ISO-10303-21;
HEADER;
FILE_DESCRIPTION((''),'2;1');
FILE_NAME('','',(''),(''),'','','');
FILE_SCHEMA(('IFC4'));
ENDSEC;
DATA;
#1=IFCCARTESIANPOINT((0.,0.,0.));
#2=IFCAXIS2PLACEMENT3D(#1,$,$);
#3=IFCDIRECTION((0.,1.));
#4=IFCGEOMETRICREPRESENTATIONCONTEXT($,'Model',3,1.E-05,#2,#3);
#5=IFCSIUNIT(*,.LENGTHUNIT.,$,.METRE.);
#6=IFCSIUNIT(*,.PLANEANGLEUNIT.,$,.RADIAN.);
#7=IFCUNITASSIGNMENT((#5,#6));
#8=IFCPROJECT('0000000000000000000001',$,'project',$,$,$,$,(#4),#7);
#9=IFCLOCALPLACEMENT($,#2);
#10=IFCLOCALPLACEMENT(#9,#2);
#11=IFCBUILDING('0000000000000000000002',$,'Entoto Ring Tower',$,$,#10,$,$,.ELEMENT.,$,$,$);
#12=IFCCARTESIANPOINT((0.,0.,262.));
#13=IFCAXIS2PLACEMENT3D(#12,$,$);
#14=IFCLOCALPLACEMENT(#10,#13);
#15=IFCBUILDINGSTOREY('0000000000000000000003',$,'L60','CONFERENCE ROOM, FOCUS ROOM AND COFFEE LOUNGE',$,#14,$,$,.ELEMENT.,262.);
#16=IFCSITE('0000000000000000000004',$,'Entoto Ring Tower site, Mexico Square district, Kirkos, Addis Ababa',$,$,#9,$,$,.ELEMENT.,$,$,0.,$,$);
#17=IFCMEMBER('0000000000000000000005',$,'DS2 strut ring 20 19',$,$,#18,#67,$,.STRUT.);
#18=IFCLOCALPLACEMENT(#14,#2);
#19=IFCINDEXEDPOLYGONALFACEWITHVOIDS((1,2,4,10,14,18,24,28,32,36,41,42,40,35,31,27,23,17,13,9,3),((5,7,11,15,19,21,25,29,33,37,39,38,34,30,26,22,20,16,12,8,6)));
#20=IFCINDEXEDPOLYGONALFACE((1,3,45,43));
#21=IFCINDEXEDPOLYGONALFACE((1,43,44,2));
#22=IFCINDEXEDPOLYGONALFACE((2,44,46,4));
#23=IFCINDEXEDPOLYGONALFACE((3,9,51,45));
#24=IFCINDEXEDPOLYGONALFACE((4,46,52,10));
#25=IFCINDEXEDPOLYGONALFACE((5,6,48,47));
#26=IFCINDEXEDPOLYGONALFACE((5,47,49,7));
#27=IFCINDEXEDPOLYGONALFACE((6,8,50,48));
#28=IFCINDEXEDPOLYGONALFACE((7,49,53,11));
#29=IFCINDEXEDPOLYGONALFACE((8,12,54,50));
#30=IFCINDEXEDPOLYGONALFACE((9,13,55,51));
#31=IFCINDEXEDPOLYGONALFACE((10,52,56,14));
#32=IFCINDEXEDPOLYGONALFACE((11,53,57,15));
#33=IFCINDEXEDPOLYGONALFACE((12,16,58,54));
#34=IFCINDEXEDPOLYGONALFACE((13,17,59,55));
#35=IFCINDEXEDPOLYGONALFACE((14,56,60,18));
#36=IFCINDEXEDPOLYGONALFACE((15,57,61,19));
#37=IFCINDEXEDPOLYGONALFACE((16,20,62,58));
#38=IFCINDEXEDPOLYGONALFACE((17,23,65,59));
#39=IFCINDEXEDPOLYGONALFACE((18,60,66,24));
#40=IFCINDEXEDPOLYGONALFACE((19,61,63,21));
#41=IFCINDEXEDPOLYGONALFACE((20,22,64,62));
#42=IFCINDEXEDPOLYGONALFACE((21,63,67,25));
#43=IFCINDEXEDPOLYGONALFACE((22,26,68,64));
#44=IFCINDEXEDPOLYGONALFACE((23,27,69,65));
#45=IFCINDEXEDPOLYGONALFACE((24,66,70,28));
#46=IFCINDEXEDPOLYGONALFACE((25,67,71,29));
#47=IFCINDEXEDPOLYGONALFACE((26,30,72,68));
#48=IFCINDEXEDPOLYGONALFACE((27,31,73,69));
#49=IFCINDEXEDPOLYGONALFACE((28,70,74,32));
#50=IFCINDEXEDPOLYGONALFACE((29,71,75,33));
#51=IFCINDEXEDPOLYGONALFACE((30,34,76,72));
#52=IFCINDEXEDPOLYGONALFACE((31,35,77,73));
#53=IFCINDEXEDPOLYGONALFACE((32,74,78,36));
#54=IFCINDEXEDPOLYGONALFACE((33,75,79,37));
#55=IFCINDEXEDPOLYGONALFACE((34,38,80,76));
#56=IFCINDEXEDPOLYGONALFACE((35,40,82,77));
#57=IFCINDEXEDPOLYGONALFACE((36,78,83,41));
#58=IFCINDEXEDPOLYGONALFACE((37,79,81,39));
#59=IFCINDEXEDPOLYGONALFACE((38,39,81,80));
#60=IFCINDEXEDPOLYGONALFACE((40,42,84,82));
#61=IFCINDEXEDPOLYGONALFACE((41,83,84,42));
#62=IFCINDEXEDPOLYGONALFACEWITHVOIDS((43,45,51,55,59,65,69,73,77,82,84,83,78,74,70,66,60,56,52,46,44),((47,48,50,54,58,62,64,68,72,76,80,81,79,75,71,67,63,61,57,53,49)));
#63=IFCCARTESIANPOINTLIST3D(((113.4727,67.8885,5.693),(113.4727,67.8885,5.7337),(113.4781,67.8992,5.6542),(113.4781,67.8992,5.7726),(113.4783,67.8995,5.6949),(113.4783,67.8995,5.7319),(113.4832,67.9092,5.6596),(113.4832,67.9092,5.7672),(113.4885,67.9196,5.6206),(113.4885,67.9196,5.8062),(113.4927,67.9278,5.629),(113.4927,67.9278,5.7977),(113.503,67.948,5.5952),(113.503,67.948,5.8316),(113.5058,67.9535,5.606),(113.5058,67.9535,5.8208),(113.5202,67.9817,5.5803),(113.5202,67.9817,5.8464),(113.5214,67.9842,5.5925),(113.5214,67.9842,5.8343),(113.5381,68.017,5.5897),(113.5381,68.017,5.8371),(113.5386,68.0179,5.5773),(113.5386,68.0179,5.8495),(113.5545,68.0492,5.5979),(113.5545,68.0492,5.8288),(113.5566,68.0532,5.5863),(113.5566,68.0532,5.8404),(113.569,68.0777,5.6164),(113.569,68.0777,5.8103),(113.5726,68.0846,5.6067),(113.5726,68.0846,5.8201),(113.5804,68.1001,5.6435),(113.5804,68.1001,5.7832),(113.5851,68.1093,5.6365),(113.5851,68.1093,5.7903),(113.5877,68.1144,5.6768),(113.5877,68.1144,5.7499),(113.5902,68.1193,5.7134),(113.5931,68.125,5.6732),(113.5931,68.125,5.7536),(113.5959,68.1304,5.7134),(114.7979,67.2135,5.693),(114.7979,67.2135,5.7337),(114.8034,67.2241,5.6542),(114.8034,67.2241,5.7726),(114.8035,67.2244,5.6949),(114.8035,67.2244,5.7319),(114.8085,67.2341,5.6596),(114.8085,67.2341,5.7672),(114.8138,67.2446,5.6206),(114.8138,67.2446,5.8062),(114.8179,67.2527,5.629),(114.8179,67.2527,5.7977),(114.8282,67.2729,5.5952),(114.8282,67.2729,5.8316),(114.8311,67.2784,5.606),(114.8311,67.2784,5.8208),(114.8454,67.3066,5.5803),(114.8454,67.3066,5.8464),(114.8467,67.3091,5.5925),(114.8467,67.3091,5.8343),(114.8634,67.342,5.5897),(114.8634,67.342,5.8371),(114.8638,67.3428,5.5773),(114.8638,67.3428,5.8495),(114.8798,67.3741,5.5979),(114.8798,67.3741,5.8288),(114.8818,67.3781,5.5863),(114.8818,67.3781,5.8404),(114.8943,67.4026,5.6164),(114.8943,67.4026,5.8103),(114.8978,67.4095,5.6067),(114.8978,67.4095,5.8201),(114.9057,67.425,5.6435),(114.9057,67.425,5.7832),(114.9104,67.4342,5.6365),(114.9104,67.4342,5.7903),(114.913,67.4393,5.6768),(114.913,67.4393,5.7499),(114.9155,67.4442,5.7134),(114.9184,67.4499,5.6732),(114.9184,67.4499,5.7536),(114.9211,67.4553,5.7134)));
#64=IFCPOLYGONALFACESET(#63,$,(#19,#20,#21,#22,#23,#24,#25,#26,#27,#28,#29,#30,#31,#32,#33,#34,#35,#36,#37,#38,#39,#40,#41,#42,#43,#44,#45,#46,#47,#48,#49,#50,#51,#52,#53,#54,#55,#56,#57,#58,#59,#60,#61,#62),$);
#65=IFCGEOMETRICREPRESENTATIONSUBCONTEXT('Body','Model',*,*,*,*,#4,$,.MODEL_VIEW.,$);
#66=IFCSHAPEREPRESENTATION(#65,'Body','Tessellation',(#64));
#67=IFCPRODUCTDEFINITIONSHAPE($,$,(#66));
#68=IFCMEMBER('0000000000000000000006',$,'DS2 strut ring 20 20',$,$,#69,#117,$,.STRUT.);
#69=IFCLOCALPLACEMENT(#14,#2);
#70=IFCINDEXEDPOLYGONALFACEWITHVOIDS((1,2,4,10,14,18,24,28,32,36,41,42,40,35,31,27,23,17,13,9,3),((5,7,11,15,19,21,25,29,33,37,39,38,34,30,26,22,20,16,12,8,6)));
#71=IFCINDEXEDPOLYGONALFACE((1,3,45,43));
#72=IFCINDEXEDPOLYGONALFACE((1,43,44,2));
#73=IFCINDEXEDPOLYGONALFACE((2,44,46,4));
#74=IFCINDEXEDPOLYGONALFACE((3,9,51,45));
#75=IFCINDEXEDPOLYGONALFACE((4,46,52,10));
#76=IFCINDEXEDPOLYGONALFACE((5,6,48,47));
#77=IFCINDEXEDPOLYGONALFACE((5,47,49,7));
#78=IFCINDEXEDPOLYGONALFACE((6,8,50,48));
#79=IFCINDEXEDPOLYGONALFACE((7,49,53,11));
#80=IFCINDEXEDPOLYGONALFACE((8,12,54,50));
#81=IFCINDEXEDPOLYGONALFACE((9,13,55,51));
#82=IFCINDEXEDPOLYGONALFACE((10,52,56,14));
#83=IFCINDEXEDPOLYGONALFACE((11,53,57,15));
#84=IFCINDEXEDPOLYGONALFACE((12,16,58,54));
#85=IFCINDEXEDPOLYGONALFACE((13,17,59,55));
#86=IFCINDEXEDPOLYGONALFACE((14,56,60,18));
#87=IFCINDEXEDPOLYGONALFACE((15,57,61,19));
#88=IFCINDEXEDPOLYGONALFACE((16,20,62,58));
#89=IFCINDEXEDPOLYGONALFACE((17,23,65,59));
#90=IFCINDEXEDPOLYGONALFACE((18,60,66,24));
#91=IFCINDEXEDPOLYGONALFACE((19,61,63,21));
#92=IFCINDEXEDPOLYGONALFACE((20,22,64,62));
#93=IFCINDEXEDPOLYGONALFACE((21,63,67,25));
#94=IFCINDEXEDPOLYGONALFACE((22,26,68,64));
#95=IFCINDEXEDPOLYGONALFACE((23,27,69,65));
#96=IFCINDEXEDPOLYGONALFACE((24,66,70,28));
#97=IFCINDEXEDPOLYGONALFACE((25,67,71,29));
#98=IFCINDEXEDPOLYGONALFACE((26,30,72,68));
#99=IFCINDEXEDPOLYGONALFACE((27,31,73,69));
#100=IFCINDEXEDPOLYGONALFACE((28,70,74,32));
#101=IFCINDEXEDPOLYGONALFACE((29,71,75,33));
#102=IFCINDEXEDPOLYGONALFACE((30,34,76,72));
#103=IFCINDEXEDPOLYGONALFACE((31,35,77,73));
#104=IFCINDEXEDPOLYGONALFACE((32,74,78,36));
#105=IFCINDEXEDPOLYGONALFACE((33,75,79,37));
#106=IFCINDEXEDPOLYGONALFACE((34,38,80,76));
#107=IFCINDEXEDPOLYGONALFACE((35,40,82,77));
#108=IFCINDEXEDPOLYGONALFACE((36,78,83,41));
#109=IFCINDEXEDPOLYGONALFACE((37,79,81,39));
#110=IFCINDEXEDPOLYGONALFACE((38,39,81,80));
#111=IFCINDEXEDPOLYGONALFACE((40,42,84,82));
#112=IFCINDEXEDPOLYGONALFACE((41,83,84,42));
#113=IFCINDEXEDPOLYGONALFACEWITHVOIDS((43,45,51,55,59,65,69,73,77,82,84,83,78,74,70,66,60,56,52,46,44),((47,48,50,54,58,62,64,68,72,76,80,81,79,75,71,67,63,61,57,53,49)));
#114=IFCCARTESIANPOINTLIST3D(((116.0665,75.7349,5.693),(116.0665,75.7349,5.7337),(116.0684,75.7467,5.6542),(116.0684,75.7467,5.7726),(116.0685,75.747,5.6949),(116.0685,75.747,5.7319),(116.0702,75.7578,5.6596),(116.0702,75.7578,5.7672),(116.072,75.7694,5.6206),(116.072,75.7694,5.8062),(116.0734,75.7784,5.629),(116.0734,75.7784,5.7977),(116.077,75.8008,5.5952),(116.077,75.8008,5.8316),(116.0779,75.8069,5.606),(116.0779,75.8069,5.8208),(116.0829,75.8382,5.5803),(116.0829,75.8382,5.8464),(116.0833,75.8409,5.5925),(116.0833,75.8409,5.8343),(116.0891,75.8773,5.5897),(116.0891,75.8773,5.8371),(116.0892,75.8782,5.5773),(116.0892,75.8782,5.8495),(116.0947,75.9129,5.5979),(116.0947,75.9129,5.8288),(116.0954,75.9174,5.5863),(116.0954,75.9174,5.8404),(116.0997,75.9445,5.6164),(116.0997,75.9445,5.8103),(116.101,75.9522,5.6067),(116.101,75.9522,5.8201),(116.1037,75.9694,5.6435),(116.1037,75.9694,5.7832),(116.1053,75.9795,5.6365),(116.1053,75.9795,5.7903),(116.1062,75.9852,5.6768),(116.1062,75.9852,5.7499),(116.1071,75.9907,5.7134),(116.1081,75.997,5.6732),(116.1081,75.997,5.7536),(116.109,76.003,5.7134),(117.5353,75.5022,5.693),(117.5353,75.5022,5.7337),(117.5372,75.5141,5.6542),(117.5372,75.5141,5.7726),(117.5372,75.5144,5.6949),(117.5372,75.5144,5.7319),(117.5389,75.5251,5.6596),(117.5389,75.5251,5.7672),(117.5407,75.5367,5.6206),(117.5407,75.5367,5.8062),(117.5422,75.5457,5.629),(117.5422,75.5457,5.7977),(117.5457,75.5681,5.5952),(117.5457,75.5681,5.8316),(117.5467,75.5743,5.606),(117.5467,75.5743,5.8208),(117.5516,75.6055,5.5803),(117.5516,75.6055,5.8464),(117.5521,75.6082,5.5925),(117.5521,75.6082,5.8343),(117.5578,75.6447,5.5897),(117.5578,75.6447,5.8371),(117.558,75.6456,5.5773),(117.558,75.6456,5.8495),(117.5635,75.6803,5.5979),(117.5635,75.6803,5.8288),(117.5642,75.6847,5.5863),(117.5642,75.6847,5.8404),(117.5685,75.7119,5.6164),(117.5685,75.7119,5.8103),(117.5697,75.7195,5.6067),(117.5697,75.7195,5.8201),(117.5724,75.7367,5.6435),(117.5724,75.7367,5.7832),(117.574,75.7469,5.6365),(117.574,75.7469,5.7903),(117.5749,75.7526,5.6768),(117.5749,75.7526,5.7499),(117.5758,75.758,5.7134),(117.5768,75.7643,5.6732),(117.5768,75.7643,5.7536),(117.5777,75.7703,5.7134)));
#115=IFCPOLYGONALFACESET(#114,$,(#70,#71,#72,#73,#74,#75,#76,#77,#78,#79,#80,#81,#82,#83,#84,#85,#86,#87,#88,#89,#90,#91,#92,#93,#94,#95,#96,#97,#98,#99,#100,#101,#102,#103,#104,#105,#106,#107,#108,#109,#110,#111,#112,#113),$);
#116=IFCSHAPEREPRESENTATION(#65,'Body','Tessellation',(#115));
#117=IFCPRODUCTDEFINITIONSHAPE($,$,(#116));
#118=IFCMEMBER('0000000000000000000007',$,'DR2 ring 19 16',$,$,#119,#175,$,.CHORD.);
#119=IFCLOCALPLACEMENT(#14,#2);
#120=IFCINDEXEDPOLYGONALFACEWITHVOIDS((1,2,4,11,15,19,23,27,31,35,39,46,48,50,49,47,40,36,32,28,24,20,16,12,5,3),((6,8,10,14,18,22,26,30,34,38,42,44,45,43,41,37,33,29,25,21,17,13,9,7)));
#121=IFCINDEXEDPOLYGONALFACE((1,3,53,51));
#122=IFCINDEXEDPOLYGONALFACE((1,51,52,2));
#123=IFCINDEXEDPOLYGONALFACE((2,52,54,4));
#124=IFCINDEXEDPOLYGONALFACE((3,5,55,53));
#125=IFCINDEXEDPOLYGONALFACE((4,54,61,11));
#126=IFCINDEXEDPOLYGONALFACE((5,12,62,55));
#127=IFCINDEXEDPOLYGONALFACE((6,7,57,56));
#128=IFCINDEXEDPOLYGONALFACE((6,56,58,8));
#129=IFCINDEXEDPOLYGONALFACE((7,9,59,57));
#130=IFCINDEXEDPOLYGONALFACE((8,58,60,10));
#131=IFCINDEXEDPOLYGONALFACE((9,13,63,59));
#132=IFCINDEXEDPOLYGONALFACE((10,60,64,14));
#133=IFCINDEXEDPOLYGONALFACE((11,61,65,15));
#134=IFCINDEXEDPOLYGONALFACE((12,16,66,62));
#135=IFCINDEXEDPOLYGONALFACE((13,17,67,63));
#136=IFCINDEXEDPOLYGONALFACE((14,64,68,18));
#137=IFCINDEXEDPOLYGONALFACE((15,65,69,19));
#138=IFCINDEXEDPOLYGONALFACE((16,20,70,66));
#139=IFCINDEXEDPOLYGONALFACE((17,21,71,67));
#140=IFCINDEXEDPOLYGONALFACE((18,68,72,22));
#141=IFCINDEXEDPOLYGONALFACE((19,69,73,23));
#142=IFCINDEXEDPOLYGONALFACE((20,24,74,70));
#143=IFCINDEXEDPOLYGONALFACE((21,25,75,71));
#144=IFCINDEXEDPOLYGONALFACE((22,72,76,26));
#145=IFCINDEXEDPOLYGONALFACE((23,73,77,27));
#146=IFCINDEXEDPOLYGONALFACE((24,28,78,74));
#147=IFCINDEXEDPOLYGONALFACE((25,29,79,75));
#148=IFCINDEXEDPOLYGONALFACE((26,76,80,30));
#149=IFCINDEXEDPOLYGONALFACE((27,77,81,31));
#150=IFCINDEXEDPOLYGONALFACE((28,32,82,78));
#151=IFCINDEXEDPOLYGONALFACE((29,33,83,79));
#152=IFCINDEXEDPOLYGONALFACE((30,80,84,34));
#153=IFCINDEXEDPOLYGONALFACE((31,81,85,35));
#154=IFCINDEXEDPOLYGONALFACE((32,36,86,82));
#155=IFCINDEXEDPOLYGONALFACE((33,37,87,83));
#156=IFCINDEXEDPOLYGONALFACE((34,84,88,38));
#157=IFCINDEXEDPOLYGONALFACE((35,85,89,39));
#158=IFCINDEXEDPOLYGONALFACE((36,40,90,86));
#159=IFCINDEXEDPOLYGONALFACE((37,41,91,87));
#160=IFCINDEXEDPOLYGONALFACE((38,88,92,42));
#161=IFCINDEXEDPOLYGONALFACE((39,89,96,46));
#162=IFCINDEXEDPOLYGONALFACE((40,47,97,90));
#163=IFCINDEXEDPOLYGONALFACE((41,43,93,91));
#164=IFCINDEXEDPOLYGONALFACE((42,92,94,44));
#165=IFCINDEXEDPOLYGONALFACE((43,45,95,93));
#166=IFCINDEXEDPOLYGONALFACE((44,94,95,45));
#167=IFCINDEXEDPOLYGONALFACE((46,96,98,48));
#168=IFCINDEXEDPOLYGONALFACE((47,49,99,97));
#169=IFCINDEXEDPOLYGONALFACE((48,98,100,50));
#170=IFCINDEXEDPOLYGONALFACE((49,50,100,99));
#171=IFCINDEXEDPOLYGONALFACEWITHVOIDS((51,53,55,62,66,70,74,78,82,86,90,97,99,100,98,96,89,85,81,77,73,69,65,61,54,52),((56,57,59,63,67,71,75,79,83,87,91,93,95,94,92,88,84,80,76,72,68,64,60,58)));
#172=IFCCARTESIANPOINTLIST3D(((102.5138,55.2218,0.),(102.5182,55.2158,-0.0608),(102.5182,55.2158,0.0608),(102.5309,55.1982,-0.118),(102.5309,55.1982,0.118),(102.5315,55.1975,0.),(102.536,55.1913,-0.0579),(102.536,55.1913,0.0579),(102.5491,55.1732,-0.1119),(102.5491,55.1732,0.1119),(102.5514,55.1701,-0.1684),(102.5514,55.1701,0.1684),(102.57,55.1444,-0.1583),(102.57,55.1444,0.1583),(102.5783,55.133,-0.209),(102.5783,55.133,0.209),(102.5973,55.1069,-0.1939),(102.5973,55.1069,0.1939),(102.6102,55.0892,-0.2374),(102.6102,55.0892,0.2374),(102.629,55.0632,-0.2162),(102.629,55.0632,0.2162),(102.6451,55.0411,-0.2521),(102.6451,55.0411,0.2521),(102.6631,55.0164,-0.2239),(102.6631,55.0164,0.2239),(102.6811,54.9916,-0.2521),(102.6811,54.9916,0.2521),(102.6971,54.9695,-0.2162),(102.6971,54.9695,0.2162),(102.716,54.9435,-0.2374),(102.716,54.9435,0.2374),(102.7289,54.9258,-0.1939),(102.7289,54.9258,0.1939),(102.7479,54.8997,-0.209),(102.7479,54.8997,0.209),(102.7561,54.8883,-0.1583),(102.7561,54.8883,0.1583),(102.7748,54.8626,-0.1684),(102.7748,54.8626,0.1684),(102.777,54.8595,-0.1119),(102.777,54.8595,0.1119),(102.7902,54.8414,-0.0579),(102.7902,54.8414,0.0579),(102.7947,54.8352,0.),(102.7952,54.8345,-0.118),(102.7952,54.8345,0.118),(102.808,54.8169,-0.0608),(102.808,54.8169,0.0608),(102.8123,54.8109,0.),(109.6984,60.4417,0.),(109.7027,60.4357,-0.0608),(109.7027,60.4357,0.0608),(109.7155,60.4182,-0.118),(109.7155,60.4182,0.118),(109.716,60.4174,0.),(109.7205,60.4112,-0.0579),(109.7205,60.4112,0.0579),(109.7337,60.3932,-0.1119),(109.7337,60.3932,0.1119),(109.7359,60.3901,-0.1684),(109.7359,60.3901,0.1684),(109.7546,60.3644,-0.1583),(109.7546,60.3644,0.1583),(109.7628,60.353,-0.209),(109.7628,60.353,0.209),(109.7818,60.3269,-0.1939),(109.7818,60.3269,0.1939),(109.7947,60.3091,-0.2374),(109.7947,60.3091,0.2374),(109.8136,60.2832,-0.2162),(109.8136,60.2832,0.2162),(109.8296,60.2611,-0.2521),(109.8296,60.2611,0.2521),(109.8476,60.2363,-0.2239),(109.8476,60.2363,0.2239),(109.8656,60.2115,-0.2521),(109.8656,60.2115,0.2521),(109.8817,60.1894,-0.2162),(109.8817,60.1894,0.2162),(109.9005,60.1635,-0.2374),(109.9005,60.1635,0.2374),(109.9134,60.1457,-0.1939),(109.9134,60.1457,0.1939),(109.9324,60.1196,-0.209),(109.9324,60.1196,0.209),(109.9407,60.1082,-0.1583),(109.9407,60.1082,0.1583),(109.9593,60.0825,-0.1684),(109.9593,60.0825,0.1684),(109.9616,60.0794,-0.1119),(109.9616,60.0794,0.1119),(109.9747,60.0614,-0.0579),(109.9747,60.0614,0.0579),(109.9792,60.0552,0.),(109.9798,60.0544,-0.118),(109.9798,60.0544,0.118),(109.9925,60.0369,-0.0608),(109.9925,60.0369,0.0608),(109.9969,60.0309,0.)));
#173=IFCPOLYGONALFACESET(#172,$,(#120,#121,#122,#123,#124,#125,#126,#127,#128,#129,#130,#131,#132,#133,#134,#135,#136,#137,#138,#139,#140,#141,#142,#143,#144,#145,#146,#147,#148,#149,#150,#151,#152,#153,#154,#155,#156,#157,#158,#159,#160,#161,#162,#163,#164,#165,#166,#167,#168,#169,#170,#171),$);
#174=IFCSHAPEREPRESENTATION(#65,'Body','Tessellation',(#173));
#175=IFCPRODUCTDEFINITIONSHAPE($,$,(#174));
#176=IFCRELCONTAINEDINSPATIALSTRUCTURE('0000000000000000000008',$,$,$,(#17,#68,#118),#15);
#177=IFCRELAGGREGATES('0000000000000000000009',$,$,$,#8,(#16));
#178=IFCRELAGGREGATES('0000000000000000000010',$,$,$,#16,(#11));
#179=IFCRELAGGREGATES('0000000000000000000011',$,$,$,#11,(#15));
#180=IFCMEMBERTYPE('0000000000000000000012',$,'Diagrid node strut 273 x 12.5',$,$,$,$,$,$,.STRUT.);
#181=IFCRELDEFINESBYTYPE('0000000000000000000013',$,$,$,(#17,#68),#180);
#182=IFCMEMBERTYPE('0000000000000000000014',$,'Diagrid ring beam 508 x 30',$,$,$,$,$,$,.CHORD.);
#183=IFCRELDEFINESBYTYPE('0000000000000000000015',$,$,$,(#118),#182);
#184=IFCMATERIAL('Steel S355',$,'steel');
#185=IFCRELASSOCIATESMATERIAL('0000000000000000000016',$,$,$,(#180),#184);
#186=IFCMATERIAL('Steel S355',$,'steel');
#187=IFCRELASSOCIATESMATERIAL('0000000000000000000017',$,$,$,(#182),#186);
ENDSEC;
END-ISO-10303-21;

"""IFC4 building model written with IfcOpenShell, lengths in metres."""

from ifc_helpers import new_model, si_unit, direction, frame, origin, origin_2d, place, context, subcontext, project, spatial, circle, hollow_circle, extrude, material, material_profile, profile_set, type_object, element, save


model = new_model("IFC4")

# Units and contexts
model_context = context("Model", 3, precision=1e-05, world=origin(), true_north=direction((0.0, 1.0)))
body_context = subcontext(model_context, "Body", "Model", "MODEL_VIEW")
ifc_project = project(units=[si_unit("LENGTHUNIT", "METRE"), si_unit("PLANEANGLEUNIT", "RADIAN")], contexts=[model_context])

# Site, building, storey
site_placement = place(None, origin())
site = spatial("IfcSite", under=ifc_project, at=site_placement, Name="Entoto Ring Tower site, Mexico Square district, Kirkos, Addis Ababa", CompositionType="ELEMENT", RefElevation=0.0)
building_placement = place(site_placement, origin())
building = spatial("IfcBuilding", under=site, at=building_placement, Name="Entoto Ring Tower", CompositionType="ELEMENT")
storey_placement = place(building_placement, frame((0.0, 0.0, 262.0)))
storey = spatial("IfcBuildingStorey", under=building, at=storey_placement, Name="L60", Description="CONFERENCE ROOM, FOCUS ROOM AND COFFEE LOUNGE", CompositionType="ELEMENT", Elevation=262.0)

# Members
ifc_material_1 = material(Name="Steel S355", Category="steel")
ifc_material_profile_1 = material_profile(ifc_material_1, hollow_circle(Radius=0.1365, WallThickness=0.0125, at=origin_2d()), Name="CHS 273 x 12.5")
ifc_material_2 = material(Name="Concrete C60/75", Category="concrete")
ifc_material_profile_2 = material_profile(ifc_material_2, circle(Radius=0.124, at=origin_2d()), Name="Concrete C60/75 infill")
ifc_profile_set_1 = profile_set([ifc_material_profile_1, ifc_material_profile_2], Name="Steel S355")
member_type_1 = type_object("IfcMemberType", Name="Diagrid node strut 273 x 12.5", PredefinedType="STRUT", material=ifc_profile_set_1)
for number, where, z_axis, x_axis, name in (
    (1, (113.5339, 68.0088, 5.7134), (0.891053, -0.453899, 0.0), (0.453899, 0.891053, 0.0), "DS2 strut ring 20 19"),
):
    element("IfcMember", number, at=place(storey_placement, frame(where, z_axis=z_axis, x_axis=x_axis)), inside=storey, type_object=member_type_1, Name=name, PredefinedType="STRUT", context=body_context, shape_type="SweptSolid", body=[
        extrude(hollow_circle(Radius=0.1365, WallThickness=0.0125, at=origin_2d()), origin(), (0.0, 0.0, 1.0), 1.4873),
    ])
member_1_placement = place(storey_placement, frame((116.0876, 75.8682, 5.7134), z_axis=(0.987684, -0.15646, 0.0), x_axis=(0.15646, 0.987684, 0.0)))
element("IfcMember", 2, at=member_1_placement, inside=storey, type_object=member_type_1, Name="DS2 strut ring 20 20", PredefinedType="STRUT", context=body_context, shape_type="SweptSolid", body=[
    extrude(hollow_circle(Radius=0.1365, WallThickness=0.0125, at=origin_2d()), origin(), (0.0, 0.0, 1.0), 1.4871),
])
ifc_material_3 = material(Name="Steel S355", Category="steel")
ifc_material_profile_3 = material_profile(ifc_material_3, hollow_circle(Radius=0.2539, WallThickness=0.03, at=origin_2d()), Name="CHS 508 x 30")
ifc_material_4 = material(Name="Concrete C60/75", Category="concrete")
ifc_material_profile_4 = material_profile(ifc_material_4, circle(Radius=0.2241, at=origin_2d()), Name="Concrete C60/75 infill")
ifc_profile_set_2 = profile_set([ifc_material_profile_3, ifc_material_profile_4], Name="Steel S355")
member_type_2 = type_object("IfcMemberType", Name="Diagrid ring beam 508 x 30", PredefinedType="CHORD", material=ifc_profile_set_2)
for number, where, z_axis, x_axis, name in (
    (3, (102.6631, 55.0164, 0.0), (0.809013, 0.587791, 0.0), (-0.587791, 0.809013, 0.0), "DR2 ring 19 16"),
):
    element("IfcMember", number, at=place(storey_placement, frame(where, z_axis=z_axis, x_axis=x_axis)), inside=storey, type_object=member_type_2, Name=name, PredefinedType="CHORD", context=body_context, shape_type="SweptSolid", body=[
        extrude(hollow_circle(Radius=0.2539, WallThickness=0.03, at=origin_2d()), origin(), (0.0, 0.0, 1.0), 8.8806),
    ])

save(model, "model.ifc")
